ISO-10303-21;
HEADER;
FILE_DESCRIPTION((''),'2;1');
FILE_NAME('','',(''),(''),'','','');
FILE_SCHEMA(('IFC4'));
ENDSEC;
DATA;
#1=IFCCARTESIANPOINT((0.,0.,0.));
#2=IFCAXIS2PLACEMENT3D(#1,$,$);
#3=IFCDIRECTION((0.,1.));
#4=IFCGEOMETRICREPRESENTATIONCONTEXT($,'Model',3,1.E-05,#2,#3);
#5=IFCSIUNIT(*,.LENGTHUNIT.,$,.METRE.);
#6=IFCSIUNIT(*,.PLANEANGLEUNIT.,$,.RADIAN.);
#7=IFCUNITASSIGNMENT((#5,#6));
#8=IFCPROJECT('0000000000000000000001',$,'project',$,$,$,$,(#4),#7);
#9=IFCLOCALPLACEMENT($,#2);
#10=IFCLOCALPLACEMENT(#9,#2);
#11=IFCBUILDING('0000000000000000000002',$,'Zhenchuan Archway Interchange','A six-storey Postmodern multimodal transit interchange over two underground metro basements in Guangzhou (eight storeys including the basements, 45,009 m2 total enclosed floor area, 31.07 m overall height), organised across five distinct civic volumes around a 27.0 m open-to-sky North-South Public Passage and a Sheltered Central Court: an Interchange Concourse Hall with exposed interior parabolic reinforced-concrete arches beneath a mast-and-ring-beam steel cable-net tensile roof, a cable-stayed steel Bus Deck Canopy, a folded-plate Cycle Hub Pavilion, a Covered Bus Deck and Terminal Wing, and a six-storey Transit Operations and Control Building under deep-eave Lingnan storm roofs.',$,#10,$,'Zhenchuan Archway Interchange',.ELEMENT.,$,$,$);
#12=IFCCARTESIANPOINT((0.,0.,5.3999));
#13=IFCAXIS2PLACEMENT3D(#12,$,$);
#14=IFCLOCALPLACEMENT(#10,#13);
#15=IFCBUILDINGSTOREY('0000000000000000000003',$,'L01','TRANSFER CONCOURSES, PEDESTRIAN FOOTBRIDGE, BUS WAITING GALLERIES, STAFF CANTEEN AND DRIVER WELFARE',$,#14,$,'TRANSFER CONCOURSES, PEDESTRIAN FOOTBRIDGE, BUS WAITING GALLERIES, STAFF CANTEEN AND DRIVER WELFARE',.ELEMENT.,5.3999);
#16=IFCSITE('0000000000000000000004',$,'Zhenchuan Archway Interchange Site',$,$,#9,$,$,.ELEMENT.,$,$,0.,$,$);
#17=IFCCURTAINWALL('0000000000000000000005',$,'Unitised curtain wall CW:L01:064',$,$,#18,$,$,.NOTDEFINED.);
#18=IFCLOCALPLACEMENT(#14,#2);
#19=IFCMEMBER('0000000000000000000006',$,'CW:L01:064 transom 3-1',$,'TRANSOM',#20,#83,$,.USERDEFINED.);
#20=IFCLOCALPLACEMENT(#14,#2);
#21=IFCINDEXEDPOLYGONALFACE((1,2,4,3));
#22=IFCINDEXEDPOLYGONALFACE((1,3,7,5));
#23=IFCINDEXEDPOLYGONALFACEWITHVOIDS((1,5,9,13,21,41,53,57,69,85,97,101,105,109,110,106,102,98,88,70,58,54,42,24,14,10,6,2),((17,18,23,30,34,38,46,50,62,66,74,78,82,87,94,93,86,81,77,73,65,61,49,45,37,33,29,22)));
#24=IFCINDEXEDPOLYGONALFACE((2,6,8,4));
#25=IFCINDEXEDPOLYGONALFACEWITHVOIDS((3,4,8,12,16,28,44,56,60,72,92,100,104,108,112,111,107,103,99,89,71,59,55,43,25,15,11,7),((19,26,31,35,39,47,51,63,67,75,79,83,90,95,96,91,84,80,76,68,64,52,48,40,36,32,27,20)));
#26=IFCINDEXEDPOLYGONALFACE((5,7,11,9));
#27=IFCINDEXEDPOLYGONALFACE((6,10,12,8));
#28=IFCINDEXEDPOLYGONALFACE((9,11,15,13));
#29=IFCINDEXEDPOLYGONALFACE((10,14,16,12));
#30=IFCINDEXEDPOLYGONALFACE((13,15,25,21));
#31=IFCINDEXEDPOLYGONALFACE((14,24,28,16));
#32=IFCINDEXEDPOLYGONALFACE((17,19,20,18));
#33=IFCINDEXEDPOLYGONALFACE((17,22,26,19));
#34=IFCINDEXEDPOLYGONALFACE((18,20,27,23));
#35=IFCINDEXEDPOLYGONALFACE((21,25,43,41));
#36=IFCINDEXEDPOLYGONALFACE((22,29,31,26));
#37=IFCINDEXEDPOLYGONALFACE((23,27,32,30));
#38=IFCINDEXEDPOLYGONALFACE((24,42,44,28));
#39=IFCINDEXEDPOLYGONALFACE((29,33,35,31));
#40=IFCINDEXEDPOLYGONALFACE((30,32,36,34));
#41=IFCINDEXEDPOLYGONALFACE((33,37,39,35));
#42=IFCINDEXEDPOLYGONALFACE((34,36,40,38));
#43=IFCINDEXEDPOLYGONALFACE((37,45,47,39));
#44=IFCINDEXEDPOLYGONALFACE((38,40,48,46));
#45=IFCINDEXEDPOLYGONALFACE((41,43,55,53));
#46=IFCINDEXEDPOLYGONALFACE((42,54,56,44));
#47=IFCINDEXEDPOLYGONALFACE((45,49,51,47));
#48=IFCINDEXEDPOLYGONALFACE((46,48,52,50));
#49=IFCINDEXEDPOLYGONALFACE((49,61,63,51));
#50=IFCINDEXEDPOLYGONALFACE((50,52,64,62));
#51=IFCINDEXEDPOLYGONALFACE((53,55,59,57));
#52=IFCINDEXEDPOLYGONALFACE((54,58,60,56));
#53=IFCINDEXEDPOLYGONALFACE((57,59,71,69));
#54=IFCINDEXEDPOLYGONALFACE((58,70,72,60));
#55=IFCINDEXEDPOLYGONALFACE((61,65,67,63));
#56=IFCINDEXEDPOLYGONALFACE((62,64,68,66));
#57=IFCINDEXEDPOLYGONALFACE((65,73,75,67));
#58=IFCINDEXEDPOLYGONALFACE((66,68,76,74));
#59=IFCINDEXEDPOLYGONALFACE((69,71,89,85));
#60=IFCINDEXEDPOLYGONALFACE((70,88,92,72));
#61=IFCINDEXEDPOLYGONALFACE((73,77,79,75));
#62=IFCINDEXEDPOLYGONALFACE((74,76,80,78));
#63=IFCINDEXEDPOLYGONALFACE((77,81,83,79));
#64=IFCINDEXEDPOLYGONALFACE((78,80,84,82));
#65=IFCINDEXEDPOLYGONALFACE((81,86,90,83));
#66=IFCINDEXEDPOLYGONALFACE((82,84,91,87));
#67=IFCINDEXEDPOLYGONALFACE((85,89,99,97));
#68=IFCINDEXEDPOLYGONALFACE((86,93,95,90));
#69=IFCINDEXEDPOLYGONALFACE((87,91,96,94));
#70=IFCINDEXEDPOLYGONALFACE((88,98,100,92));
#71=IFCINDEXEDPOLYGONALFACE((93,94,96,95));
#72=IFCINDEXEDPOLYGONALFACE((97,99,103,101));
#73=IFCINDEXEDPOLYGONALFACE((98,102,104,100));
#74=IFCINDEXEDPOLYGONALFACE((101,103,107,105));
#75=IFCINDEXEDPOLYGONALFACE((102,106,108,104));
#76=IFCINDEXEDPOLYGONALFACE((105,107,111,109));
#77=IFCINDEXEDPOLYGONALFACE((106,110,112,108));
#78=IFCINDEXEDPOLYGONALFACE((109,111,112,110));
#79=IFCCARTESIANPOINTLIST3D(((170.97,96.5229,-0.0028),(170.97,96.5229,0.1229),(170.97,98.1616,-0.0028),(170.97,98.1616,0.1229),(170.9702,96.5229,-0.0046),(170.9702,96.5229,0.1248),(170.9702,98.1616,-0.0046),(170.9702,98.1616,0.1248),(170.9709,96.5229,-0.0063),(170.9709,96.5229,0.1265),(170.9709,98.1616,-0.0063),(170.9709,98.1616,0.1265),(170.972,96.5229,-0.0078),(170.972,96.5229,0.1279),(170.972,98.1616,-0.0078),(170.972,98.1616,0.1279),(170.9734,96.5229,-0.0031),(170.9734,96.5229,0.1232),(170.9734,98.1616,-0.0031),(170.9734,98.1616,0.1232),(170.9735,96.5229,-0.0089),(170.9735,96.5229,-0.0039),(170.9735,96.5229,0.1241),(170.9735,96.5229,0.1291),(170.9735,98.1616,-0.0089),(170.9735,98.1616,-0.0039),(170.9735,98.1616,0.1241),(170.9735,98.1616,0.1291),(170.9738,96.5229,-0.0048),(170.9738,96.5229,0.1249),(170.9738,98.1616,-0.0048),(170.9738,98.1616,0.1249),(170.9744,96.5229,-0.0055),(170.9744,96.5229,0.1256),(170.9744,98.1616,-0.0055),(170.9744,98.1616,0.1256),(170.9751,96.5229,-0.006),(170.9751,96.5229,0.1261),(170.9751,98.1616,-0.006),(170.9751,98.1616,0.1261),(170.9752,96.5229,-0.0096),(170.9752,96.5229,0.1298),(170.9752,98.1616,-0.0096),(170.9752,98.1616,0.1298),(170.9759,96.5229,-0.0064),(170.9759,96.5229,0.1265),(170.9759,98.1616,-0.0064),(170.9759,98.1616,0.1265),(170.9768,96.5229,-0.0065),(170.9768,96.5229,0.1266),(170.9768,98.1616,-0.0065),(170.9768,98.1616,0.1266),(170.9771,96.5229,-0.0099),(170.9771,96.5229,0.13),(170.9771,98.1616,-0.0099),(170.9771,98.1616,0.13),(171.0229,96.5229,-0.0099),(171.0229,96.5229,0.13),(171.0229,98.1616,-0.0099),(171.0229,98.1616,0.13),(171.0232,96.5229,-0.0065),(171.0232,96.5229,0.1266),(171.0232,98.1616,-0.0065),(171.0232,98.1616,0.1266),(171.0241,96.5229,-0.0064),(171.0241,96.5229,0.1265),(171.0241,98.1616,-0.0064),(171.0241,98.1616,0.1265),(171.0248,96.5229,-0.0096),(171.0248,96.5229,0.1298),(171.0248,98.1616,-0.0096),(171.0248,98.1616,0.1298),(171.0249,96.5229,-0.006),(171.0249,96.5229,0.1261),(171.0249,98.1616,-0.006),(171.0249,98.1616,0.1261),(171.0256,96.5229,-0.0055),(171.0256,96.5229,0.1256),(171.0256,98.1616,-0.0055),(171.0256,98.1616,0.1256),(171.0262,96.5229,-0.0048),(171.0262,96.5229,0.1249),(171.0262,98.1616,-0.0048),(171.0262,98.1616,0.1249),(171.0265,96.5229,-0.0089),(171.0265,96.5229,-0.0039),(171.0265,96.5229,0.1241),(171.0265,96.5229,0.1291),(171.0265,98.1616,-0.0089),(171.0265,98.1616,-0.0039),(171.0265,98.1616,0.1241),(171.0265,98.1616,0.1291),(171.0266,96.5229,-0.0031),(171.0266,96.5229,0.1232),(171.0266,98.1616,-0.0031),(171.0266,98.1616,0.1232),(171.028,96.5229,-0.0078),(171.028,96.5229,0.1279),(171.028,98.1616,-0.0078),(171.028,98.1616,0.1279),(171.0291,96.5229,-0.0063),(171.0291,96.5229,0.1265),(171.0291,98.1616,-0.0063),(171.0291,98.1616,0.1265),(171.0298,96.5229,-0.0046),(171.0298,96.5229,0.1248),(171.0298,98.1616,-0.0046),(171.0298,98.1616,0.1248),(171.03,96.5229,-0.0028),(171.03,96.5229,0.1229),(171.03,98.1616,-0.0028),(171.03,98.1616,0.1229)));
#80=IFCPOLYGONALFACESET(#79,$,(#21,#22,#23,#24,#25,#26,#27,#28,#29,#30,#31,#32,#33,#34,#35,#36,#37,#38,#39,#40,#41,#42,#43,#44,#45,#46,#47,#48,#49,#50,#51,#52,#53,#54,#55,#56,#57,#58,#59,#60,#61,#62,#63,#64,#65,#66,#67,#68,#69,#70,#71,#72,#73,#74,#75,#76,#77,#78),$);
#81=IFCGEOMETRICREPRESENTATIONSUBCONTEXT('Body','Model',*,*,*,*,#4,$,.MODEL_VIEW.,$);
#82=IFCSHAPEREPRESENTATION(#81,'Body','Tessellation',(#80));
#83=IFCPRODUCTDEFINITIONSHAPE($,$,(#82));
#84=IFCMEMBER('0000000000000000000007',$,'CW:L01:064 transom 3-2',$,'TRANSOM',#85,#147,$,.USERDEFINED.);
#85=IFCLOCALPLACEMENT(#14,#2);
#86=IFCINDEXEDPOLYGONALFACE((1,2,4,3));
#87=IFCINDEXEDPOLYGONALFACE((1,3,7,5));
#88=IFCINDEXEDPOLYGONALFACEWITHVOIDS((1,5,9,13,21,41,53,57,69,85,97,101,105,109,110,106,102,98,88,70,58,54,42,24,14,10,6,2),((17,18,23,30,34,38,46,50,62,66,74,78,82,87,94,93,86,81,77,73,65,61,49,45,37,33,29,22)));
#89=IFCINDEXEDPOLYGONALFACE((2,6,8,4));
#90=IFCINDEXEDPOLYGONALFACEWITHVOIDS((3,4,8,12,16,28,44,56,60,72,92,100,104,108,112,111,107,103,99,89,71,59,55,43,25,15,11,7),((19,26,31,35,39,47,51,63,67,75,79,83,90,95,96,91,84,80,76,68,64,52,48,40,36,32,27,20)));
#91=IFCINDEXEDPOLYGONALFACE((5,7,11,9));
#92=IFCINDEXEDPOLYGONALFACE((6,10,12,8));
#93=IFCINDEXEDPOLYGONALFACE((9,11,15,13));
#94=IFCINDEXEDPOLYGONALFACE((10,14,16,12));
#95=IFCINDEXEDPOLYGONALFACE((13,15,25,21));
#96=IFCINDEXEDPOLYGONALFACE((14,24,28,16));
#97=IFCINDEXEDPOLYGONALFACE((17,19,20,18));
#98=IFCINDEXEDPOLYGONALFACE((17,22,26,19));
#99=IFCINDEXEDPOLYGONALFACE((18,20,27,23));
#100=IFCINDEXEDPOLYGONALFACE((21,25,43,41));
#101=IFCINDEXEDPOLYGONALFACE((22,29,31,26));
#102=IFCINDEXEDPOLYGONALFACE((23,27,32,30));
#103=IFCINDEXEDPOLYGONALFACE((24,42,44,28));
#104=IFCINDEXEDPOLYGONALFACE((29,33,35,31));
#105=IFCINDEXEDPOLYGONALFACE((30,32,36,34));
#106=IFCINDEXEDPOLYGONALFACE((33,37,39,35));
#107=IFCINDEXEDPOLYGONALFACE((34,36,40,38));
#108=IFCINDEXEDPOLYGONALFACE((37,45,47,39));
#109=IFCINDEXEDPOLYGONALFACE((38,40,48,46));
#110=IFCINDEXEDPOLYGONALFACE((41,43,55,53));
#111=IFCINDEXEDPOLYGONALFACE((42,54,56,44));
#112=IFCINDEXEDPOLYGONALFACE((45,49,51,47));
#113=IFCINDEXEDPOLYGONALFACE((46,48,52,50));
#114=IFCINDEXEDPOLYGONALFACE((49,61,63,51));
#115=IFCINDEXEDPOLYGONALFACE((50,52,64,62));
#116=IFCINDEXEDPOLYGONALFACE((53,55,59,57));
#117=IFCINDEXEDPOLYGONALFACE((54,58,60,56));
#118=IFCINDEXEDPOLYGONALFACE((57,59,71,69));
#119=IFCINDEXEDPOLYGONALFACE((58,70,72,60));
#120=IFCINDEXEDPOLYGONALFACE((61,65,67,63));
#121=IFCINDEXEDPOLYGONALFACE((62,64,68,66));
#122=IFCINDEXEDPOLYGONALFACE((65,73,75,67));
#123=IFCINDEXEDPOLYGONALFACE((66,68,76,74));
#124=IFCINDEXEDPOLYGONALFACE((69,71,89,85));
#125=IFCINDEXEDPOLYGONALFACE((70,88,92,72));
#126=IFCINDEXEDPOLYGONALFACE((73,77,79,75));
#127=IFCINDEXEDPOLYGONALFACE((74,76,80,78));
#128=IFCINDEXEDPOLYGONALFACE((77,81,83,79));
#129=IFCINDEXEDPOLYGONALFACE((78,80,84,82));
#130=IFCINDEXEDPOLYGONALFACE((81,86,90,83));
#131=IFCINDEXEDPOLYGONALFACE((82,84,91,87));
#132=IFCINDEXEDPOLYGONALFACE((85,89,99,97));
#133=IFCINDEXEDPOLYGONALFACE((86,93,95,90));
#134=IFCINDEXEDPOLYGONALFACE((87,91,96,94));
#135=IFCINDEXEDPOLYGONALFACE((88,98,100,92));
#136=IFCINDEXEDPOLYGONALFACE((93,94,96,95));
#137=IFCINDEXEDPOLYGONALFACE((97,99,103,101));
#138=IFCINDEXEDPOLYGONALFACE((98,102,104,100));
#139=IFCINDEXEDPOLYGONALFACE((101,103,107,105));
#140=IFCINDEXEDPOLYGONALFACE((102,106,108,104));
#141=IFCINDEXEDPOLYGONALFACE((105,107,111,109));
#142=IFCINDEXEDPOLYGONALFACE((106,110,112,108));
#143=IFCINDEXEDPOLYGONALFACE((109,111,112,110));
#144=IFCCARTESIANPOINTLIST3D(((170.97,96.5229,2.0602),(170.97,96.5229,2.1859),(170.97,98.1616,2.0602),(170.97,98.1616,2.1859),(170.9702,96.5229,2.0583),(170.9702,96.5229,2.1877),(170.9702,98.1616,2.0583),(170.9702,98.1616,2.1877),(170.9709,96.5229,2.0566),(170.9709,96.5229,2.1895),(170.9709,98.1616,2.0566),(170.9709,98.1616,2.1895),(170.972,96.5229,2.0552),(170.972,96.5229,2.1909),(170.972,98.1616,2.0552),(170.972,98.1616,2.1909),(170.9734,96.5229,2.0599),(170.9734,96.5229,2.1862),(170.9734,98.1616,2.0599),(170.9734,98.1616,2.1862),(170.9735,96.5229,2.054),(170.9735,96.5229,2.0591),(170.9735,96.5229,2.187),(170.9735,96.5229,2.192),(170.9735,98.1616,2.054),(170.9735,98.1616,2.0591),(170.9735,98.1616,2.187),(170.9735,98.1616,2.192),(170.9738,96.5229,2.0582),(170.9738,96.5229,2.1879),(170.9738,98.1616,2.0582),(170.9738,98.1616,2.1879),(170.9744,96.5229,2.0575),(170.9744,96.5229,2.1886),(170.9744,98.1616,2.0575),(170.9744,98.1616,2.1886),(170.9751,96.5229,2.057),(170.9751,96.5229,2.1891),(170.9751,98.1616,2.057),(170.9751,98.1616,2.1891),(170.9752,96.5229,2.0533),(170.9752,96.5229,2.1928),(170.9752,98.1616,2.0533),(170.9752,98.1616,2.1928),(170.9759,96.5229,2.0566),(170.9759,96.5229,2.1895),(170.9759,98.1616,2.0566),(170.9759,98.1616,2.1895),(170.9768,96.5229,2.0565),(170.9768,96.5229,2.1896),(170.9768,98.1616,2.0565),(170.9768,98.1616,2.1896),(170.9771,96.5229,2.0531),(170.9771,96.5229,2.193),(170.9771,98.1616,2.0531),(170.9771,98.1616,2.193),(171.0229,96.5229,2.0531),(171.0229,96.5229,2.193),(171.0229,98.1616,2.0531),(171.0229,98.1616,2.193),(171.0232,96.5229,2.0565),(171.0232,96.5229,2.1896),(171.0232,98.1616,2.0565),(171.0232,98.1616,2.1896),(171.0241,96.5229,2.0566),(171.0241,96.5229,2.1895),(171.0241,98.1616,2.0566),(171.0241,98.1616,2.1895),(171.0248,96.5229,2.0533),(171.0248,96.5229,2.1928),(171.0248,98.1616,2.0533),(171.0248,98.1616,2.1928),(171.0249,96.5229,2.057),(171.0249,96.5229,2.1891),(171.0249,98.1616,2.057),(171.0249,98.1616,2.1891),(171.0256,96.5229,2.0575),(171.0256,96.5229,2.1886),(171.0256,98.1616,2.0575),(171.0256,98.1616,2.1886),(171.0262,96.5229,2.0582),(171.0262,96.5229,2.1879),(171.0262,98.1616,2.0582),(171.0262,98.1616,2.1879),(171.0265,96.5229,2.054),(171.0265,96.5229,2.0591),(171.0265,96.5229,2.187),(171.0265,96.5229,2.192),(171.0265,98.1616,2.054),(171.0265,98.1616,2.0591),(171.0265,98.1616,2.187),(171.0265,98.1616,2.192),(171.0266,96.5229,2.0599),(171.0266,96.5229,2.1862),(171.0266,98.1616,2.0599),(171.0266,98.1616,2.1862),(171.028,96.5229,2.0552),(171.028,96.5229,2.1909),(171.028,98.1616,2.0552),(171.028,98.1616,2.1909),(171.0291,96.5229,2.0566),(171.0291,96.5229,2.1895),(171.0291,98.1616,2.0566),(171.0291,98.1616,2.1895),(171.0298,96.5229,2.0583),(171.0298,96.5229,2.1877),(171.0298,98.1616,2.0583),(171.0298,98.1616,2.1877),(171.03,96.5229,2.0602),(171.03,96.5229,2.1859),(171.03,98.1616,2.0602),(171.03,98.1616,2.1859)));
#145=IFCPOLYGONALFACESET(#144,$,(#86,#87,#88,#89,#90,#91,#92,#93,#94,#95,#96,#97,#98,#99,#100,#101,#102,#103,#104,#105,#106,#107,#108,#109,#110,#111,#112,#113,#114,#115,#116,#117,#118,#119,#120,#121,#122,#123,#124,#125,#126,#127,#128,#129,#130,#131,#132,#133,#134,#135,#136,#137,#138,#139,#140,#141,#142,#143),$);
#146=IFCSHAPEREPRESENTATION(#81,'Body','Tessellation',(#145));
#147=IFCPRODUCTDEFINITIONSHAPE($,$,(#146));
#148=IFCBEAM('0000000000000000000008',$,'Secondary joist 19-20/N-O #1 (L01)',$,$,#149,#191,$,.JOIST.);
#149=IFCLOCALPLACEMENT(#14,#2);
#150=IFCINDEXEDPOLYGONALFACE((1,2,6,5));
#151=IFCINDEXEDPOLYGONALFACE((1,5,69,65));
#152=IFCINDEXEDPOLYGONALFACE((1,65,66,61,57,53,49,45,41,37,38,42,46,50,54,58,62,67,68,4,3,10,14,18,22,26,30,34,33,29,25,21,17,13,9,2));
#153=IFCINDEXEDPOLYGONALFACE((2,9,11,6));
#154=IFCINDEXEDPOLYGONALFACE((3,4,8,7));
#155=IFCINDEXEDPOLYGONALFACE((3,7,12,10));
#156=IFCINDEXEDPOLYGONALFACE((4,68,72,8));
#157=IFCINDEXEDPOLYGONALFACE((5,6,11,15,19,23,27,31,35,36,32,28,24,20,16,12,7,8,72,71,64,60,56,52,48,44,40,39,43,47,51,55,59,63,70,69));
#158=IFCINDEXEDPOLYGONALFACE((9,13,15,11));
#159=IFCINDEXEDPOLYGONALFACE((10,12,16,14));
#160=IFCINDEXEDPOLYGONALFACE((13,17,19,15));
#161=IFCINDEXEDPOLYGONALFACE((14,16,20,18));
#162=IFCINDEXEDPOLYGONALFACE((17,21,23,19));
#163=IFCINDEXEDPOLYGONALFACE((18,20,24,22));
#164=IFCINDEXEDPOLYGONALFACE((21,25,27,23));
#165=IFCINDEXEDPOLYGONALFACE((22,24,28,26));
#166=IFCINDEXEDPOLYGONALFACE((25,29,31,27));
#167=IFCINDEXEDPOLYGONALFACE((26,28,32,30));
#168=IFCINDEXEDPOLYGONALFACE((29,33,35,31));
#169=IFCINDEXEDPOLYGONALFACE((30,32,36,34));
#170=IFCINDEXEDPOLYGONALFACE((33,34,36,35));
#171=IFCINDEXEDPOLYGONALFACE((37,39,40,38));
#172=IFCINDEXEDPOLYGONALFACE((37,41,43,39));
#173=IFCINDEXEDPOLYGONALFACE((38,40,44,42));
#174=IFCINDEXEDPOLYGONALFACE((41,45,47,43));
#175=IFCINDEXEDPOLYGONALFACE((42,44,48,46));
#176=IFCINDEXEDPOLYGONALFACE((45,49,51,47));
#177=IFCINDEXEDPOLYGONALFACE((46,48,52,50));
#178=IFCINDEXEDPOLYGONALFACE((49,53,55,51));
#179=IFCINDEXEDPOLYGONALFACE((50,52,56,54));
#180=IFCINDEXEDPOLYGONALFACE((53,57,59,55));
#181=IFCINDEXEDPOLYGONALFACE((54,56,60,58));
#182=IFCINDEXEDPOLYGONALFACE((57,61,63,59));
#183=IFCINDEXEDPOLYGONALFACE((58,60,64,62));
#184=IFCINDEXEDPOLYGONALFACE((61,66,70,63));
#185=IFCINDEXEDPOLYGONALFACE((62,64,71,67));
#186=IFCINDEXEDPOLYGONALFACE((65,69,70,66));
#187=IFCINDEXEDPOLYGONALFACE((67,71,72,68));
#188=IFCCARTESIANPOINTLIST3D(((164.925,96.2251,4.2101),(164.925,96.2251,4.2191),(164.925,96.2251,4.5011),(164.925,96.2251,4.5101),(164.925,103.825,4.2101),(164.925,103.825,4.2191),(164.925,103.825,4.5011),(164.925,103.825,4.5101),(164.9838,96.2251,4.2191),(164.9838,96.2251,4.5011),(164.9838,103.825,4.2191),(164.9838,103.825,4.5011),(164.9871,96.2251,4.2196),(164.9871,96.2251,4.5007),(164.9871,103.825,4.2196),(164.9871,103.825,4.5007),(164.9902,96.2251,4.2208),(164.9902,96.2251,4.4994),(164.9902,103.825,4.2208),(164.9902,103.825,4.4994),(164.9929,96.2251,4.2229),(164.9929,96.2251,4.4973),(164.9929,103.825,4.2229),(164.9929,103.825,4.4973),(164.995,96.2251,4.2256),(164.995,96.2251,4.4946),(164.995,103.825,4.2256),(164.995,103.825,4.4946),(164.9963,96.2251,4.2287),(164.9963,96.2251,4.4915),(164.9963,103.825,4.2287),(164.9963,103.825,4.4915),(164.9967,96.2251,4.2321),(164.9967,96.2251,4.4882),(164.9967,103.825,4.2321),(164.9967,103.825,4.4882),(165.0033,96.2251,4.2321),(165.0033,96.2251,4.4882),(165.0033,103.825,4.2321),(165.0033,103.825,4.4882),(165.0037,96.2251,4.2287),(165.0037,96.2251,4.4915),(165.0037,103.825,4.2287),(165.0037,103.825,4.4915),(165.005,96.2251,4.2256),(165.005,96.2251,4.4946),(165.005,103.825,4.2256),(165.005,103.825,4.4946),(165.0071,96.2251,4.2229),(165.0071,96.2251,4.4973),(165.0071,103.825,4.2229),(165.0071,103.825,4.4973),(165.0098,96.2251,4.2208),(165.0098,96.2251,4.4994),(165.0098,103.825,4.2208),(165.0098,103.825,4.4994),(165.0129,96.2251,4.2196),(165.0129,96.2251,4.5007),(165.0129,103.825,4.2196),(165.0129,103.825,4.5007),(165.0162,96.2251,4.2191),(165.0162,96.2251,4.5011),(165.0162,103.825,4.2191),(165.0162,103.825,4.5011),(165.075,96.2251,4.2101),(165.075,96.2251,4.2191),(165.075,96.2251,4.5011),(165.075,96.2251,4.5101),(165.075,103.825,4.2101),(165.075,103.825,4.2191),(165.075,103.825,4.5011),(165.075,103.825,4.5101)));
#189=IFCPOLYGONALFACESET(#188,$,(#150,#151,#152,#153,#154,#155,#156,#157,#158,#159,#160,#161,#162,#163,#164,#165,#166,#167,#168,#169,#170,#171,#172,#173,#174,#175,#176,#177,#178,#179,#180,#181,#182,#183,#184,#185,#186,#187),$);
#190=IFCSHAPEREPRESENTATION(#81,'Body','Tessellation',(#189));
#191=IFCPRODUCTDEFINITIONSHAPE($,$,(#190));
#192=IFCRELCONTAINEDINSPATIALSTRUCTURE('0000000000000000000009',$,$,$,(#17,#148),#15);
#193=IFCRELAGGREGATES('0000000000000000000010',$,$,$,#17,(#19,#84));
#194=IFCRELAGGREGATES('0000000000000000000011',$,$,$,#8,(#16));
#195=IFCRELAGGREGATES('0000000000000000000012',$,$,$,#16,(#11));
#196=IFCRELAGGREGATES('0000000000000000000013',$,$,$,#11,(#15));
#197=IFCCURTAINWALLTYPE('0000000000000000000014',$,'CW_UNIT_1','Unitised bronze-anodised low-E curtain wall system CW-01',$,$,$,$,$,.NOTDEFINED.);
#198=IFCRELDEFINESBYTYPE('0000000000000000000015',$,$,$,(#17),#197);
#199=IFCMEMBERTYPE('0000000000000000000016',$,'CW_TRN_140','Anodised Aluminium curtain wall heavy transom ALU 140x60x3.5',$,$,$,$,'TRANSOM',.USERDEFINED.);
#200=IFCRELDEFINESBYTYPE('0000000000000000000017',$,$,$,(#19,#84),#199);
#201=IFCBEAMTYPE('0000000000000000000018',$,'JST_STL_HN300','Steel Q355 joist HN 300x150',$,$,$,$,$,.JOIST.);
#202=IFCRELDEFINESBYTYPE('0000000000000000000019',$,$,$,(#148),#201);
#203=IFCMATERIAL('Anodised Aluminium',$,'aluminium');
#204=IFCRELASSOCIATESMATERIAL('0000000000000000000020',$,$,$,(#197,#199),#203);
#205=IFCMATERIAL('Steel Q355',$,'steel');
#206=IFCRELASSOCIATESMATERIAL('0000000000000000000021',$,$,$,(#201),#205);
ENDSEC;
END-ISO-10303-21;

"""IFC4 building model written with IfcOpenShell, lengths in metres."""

from ifc_helpers import new_model, si_unit, direction, frame, origin, origin_2d, place, context, subcontext, project, spatial, hollow_rectangle, i_section, extrude, material, material_profile, profile_set, type_object, element, aggregate, save


model = new_model("IFC4")

# Units and contexts
model_context = context("Model", 3, precision=1e-05, world=origin(), true_north=direction((0.0, 1.0)))
body_context = subcontext(model_context, "Body", "Model", "MODEL_VIEW")
ifc_project = project(units=[si_unit("LENGTHUNIT", "METRE"), si_unit("PLANEANGLEUNIT", "RADIAN")], contexts=[model_context])

# Site, building, storey
site_placement = place(None, origin())
site = spatial("IfcSite", under=ifc_project, at=site_placement, Name="Zhenchuan Archway Interchange Site", CompositionType="ELEMENT", RefElevation=0.0)
building_placement = place(site_placement, origin())
building = spatial("IfcBuilding", under=site, at=building_placement, Name="Zhenchuan Archway Interchange", Description="A six-storey Postmodern multimodal transit interchange over two underground metro basements in Guangzhou (eight storeys including the basements, 45,009 m2 total enclosed floor area, 31.07 m overall height), organised across five distinct civic volumes around a 27.0 m open-to-sky North-South Public Passage and a Sheltered Central Court: an Interchange Concourse Hall with exposed interior parabolic reinforced-concrete arches beneath a mast-and-ring-beam steel cable-net tensile roof, a cable-stayed steel Bus Deck Canopy, a folded-plate Cycle Hub Pavilion, a Covered Bus Deck and Terminal Wing, and a six-storey Transit Operations and Control Building under deep-eave Lingnan storm roofs.", LongName="Zhenchuan Archway Interchange", CompositionType="ELEMENT")
storey_placement = place(building_placement, frame((0.0, 0.0, 5.3999)))
storey = spatial("IfcBuildingStorey", under=building, at=storey_placement, Name="L01", Description="TRANSFER CONCOURSES, PEDESTRIAN FOOTBRIDGE, BUS WAITING GALLERIES, STAFF CANTEEN AND DRIVER WELFARE", LongName="TRANSFER CONCOURSES, PEDESTRIAN FOOTBRIDGE, BUS WAITING GALLERIES, STAFF CANTEEN AND DRIVER WELFARE", CompositionType="ELEMENT", Elevation=5.3999)

# Curtain wall, members
ifc_material_1 = material(Name="Anodised Aluminium", Category="aluminium")
curtain_wall_type = type_object("IfcCurtainWallType", Name="CW_UNIT_1", Description="Unitised bronze-anodised low-E curtain wall system CW-01", PredefinedType="NOTDEFINED", material=ifc_material_1)
curtain_wall_placement = place(storey_placement, origin())
curtain_wall = element("IfcCurtainWall", 1, at=curtain_wall_placement, inside=storey, type_object=curtain_wall_type, Name="Unitised curtain wall CW:L01:064", PredefinedType="NOTDEFINED")
ifc_material_profile_1 = material_profile(ifc_material_1, hollow_rectangle(XDim=0.0601, YDim=0.1399, WallThickness=0.0034, InnerFilletRadius=0.0034, OuterFilletRadius=0.0071, at=origin_2d()), Name="ALU 140x60x3.5")
ifc_profile_set_1 = profile_set([ifc_material_profile_1], Name="Anodised Aluminium")
member_type_1 = type_object("IfcMemberType", Name="CW_TRN_140", Description="Anodised Aluminium curtain wall heavy transom ALU 140x60x3.5", ElementType="TRANSOM", PredefinedType="USERDEFINED", material=ifc_profile_set_1)
member_1_placement = place(storey_placement, frame((171.0, 98.1616, 0.0601), z_axis=(0.0, -1.0, 0.0), x_axis=(1.0, 0.0, 0.0)))
member_1 = element("IfcMember", 2, at=member_1_placement, type_object=member_type_1, Name="CW:L01:064 transom 3-1", ObjectType="TRANSOM", PredefinedType="USERDEFINED", context=body_context, shape_type="SweptSolid", body=[
    extrude(hollow_rectangle(XDim=0.0601, YDim=0.1399, WallThickness=0.0034, InnerFilletRadius=0.0034, OuterFilletRadius=0.0071, at=origin_2d()), origin(), (0.0, 0.0, 1.0), 1.6387),
])
member_2_placement = place(storey_placement, frame((171.0, 98.1616, 2.123), z_axis=(0.0, -1.0, 0.0), x_axis=(1.0, 0.0, 0.0)))
member_2 = element("IfcMember", 3, at=member_2_placement, type_object=member_type_1, Name="CW:L01:064 transom 3-2", ObjectType="TRANSOM", PredefinedType="USERDEFINED", context=body_context, shape_type="SweptSolid", body=[
    extrude(hollow_rectangle(XDim=0.0601, YDim=0.1399, WallThickness=0.0034, InnerFilletRadius=0.0034, OuterFilletRadius=0.0071, at=origin_2d()), origin(), (0.0, 0.0, 1.0), 1.6387),
])

# Beam
ifc_material_2 = material(Name="Steel Q355", Category="steel")
ifc_material_profile_2 = material_profile(ifc_material_2, i_section(OverallWidth=0.1499, OverallDepth=0.3, WebThickness=0.0066, FlangeThickness=0.009, FilletRadius=0.0129, at=origin_2d()), Name="HN 300x150")
ifc_profile_set_2 = profile_set([ifc_material_profile_2], Name="Steel Q355")
beam_type_1 = type_object("IfcBeamType", Name="JST_STL_HN300", Description="Steel Q355 joist HN 300x150", PredefinedType="JOIST", material=ifc_profile_set_2)
for number, where, z_axis, x_axis, name in (
    (4, (165.0, 96.2251, 4.3601), (0.0, 1.0, 0.0), (-1.0, 0.0, 0.0), "Secondary joist 19-20/N-O #1 (L01)"),
):
    element("IfcBeam", number, at=place(storey_placement, frame(where, z_axis=z_axis, x_axis=x_axis)), inside=storey, type_object=beam_type_1, Name=name, PredefinedType="JOIST", context=body_context, shape_type="SweptSolid", body=[
        extrude(i_section(OverallWidth=0.1499, OverallDepth=0.3, WebThickness=0.0066, FlangeThickness=0.009, FilletRadius=0.0129, at=origin_2d()), origin(), (0.0, 0.0, 1.0), 7.5999),
    ])

aggregate(curtain_wall, [member_1, member_2])

save(model, "model.ifc")
